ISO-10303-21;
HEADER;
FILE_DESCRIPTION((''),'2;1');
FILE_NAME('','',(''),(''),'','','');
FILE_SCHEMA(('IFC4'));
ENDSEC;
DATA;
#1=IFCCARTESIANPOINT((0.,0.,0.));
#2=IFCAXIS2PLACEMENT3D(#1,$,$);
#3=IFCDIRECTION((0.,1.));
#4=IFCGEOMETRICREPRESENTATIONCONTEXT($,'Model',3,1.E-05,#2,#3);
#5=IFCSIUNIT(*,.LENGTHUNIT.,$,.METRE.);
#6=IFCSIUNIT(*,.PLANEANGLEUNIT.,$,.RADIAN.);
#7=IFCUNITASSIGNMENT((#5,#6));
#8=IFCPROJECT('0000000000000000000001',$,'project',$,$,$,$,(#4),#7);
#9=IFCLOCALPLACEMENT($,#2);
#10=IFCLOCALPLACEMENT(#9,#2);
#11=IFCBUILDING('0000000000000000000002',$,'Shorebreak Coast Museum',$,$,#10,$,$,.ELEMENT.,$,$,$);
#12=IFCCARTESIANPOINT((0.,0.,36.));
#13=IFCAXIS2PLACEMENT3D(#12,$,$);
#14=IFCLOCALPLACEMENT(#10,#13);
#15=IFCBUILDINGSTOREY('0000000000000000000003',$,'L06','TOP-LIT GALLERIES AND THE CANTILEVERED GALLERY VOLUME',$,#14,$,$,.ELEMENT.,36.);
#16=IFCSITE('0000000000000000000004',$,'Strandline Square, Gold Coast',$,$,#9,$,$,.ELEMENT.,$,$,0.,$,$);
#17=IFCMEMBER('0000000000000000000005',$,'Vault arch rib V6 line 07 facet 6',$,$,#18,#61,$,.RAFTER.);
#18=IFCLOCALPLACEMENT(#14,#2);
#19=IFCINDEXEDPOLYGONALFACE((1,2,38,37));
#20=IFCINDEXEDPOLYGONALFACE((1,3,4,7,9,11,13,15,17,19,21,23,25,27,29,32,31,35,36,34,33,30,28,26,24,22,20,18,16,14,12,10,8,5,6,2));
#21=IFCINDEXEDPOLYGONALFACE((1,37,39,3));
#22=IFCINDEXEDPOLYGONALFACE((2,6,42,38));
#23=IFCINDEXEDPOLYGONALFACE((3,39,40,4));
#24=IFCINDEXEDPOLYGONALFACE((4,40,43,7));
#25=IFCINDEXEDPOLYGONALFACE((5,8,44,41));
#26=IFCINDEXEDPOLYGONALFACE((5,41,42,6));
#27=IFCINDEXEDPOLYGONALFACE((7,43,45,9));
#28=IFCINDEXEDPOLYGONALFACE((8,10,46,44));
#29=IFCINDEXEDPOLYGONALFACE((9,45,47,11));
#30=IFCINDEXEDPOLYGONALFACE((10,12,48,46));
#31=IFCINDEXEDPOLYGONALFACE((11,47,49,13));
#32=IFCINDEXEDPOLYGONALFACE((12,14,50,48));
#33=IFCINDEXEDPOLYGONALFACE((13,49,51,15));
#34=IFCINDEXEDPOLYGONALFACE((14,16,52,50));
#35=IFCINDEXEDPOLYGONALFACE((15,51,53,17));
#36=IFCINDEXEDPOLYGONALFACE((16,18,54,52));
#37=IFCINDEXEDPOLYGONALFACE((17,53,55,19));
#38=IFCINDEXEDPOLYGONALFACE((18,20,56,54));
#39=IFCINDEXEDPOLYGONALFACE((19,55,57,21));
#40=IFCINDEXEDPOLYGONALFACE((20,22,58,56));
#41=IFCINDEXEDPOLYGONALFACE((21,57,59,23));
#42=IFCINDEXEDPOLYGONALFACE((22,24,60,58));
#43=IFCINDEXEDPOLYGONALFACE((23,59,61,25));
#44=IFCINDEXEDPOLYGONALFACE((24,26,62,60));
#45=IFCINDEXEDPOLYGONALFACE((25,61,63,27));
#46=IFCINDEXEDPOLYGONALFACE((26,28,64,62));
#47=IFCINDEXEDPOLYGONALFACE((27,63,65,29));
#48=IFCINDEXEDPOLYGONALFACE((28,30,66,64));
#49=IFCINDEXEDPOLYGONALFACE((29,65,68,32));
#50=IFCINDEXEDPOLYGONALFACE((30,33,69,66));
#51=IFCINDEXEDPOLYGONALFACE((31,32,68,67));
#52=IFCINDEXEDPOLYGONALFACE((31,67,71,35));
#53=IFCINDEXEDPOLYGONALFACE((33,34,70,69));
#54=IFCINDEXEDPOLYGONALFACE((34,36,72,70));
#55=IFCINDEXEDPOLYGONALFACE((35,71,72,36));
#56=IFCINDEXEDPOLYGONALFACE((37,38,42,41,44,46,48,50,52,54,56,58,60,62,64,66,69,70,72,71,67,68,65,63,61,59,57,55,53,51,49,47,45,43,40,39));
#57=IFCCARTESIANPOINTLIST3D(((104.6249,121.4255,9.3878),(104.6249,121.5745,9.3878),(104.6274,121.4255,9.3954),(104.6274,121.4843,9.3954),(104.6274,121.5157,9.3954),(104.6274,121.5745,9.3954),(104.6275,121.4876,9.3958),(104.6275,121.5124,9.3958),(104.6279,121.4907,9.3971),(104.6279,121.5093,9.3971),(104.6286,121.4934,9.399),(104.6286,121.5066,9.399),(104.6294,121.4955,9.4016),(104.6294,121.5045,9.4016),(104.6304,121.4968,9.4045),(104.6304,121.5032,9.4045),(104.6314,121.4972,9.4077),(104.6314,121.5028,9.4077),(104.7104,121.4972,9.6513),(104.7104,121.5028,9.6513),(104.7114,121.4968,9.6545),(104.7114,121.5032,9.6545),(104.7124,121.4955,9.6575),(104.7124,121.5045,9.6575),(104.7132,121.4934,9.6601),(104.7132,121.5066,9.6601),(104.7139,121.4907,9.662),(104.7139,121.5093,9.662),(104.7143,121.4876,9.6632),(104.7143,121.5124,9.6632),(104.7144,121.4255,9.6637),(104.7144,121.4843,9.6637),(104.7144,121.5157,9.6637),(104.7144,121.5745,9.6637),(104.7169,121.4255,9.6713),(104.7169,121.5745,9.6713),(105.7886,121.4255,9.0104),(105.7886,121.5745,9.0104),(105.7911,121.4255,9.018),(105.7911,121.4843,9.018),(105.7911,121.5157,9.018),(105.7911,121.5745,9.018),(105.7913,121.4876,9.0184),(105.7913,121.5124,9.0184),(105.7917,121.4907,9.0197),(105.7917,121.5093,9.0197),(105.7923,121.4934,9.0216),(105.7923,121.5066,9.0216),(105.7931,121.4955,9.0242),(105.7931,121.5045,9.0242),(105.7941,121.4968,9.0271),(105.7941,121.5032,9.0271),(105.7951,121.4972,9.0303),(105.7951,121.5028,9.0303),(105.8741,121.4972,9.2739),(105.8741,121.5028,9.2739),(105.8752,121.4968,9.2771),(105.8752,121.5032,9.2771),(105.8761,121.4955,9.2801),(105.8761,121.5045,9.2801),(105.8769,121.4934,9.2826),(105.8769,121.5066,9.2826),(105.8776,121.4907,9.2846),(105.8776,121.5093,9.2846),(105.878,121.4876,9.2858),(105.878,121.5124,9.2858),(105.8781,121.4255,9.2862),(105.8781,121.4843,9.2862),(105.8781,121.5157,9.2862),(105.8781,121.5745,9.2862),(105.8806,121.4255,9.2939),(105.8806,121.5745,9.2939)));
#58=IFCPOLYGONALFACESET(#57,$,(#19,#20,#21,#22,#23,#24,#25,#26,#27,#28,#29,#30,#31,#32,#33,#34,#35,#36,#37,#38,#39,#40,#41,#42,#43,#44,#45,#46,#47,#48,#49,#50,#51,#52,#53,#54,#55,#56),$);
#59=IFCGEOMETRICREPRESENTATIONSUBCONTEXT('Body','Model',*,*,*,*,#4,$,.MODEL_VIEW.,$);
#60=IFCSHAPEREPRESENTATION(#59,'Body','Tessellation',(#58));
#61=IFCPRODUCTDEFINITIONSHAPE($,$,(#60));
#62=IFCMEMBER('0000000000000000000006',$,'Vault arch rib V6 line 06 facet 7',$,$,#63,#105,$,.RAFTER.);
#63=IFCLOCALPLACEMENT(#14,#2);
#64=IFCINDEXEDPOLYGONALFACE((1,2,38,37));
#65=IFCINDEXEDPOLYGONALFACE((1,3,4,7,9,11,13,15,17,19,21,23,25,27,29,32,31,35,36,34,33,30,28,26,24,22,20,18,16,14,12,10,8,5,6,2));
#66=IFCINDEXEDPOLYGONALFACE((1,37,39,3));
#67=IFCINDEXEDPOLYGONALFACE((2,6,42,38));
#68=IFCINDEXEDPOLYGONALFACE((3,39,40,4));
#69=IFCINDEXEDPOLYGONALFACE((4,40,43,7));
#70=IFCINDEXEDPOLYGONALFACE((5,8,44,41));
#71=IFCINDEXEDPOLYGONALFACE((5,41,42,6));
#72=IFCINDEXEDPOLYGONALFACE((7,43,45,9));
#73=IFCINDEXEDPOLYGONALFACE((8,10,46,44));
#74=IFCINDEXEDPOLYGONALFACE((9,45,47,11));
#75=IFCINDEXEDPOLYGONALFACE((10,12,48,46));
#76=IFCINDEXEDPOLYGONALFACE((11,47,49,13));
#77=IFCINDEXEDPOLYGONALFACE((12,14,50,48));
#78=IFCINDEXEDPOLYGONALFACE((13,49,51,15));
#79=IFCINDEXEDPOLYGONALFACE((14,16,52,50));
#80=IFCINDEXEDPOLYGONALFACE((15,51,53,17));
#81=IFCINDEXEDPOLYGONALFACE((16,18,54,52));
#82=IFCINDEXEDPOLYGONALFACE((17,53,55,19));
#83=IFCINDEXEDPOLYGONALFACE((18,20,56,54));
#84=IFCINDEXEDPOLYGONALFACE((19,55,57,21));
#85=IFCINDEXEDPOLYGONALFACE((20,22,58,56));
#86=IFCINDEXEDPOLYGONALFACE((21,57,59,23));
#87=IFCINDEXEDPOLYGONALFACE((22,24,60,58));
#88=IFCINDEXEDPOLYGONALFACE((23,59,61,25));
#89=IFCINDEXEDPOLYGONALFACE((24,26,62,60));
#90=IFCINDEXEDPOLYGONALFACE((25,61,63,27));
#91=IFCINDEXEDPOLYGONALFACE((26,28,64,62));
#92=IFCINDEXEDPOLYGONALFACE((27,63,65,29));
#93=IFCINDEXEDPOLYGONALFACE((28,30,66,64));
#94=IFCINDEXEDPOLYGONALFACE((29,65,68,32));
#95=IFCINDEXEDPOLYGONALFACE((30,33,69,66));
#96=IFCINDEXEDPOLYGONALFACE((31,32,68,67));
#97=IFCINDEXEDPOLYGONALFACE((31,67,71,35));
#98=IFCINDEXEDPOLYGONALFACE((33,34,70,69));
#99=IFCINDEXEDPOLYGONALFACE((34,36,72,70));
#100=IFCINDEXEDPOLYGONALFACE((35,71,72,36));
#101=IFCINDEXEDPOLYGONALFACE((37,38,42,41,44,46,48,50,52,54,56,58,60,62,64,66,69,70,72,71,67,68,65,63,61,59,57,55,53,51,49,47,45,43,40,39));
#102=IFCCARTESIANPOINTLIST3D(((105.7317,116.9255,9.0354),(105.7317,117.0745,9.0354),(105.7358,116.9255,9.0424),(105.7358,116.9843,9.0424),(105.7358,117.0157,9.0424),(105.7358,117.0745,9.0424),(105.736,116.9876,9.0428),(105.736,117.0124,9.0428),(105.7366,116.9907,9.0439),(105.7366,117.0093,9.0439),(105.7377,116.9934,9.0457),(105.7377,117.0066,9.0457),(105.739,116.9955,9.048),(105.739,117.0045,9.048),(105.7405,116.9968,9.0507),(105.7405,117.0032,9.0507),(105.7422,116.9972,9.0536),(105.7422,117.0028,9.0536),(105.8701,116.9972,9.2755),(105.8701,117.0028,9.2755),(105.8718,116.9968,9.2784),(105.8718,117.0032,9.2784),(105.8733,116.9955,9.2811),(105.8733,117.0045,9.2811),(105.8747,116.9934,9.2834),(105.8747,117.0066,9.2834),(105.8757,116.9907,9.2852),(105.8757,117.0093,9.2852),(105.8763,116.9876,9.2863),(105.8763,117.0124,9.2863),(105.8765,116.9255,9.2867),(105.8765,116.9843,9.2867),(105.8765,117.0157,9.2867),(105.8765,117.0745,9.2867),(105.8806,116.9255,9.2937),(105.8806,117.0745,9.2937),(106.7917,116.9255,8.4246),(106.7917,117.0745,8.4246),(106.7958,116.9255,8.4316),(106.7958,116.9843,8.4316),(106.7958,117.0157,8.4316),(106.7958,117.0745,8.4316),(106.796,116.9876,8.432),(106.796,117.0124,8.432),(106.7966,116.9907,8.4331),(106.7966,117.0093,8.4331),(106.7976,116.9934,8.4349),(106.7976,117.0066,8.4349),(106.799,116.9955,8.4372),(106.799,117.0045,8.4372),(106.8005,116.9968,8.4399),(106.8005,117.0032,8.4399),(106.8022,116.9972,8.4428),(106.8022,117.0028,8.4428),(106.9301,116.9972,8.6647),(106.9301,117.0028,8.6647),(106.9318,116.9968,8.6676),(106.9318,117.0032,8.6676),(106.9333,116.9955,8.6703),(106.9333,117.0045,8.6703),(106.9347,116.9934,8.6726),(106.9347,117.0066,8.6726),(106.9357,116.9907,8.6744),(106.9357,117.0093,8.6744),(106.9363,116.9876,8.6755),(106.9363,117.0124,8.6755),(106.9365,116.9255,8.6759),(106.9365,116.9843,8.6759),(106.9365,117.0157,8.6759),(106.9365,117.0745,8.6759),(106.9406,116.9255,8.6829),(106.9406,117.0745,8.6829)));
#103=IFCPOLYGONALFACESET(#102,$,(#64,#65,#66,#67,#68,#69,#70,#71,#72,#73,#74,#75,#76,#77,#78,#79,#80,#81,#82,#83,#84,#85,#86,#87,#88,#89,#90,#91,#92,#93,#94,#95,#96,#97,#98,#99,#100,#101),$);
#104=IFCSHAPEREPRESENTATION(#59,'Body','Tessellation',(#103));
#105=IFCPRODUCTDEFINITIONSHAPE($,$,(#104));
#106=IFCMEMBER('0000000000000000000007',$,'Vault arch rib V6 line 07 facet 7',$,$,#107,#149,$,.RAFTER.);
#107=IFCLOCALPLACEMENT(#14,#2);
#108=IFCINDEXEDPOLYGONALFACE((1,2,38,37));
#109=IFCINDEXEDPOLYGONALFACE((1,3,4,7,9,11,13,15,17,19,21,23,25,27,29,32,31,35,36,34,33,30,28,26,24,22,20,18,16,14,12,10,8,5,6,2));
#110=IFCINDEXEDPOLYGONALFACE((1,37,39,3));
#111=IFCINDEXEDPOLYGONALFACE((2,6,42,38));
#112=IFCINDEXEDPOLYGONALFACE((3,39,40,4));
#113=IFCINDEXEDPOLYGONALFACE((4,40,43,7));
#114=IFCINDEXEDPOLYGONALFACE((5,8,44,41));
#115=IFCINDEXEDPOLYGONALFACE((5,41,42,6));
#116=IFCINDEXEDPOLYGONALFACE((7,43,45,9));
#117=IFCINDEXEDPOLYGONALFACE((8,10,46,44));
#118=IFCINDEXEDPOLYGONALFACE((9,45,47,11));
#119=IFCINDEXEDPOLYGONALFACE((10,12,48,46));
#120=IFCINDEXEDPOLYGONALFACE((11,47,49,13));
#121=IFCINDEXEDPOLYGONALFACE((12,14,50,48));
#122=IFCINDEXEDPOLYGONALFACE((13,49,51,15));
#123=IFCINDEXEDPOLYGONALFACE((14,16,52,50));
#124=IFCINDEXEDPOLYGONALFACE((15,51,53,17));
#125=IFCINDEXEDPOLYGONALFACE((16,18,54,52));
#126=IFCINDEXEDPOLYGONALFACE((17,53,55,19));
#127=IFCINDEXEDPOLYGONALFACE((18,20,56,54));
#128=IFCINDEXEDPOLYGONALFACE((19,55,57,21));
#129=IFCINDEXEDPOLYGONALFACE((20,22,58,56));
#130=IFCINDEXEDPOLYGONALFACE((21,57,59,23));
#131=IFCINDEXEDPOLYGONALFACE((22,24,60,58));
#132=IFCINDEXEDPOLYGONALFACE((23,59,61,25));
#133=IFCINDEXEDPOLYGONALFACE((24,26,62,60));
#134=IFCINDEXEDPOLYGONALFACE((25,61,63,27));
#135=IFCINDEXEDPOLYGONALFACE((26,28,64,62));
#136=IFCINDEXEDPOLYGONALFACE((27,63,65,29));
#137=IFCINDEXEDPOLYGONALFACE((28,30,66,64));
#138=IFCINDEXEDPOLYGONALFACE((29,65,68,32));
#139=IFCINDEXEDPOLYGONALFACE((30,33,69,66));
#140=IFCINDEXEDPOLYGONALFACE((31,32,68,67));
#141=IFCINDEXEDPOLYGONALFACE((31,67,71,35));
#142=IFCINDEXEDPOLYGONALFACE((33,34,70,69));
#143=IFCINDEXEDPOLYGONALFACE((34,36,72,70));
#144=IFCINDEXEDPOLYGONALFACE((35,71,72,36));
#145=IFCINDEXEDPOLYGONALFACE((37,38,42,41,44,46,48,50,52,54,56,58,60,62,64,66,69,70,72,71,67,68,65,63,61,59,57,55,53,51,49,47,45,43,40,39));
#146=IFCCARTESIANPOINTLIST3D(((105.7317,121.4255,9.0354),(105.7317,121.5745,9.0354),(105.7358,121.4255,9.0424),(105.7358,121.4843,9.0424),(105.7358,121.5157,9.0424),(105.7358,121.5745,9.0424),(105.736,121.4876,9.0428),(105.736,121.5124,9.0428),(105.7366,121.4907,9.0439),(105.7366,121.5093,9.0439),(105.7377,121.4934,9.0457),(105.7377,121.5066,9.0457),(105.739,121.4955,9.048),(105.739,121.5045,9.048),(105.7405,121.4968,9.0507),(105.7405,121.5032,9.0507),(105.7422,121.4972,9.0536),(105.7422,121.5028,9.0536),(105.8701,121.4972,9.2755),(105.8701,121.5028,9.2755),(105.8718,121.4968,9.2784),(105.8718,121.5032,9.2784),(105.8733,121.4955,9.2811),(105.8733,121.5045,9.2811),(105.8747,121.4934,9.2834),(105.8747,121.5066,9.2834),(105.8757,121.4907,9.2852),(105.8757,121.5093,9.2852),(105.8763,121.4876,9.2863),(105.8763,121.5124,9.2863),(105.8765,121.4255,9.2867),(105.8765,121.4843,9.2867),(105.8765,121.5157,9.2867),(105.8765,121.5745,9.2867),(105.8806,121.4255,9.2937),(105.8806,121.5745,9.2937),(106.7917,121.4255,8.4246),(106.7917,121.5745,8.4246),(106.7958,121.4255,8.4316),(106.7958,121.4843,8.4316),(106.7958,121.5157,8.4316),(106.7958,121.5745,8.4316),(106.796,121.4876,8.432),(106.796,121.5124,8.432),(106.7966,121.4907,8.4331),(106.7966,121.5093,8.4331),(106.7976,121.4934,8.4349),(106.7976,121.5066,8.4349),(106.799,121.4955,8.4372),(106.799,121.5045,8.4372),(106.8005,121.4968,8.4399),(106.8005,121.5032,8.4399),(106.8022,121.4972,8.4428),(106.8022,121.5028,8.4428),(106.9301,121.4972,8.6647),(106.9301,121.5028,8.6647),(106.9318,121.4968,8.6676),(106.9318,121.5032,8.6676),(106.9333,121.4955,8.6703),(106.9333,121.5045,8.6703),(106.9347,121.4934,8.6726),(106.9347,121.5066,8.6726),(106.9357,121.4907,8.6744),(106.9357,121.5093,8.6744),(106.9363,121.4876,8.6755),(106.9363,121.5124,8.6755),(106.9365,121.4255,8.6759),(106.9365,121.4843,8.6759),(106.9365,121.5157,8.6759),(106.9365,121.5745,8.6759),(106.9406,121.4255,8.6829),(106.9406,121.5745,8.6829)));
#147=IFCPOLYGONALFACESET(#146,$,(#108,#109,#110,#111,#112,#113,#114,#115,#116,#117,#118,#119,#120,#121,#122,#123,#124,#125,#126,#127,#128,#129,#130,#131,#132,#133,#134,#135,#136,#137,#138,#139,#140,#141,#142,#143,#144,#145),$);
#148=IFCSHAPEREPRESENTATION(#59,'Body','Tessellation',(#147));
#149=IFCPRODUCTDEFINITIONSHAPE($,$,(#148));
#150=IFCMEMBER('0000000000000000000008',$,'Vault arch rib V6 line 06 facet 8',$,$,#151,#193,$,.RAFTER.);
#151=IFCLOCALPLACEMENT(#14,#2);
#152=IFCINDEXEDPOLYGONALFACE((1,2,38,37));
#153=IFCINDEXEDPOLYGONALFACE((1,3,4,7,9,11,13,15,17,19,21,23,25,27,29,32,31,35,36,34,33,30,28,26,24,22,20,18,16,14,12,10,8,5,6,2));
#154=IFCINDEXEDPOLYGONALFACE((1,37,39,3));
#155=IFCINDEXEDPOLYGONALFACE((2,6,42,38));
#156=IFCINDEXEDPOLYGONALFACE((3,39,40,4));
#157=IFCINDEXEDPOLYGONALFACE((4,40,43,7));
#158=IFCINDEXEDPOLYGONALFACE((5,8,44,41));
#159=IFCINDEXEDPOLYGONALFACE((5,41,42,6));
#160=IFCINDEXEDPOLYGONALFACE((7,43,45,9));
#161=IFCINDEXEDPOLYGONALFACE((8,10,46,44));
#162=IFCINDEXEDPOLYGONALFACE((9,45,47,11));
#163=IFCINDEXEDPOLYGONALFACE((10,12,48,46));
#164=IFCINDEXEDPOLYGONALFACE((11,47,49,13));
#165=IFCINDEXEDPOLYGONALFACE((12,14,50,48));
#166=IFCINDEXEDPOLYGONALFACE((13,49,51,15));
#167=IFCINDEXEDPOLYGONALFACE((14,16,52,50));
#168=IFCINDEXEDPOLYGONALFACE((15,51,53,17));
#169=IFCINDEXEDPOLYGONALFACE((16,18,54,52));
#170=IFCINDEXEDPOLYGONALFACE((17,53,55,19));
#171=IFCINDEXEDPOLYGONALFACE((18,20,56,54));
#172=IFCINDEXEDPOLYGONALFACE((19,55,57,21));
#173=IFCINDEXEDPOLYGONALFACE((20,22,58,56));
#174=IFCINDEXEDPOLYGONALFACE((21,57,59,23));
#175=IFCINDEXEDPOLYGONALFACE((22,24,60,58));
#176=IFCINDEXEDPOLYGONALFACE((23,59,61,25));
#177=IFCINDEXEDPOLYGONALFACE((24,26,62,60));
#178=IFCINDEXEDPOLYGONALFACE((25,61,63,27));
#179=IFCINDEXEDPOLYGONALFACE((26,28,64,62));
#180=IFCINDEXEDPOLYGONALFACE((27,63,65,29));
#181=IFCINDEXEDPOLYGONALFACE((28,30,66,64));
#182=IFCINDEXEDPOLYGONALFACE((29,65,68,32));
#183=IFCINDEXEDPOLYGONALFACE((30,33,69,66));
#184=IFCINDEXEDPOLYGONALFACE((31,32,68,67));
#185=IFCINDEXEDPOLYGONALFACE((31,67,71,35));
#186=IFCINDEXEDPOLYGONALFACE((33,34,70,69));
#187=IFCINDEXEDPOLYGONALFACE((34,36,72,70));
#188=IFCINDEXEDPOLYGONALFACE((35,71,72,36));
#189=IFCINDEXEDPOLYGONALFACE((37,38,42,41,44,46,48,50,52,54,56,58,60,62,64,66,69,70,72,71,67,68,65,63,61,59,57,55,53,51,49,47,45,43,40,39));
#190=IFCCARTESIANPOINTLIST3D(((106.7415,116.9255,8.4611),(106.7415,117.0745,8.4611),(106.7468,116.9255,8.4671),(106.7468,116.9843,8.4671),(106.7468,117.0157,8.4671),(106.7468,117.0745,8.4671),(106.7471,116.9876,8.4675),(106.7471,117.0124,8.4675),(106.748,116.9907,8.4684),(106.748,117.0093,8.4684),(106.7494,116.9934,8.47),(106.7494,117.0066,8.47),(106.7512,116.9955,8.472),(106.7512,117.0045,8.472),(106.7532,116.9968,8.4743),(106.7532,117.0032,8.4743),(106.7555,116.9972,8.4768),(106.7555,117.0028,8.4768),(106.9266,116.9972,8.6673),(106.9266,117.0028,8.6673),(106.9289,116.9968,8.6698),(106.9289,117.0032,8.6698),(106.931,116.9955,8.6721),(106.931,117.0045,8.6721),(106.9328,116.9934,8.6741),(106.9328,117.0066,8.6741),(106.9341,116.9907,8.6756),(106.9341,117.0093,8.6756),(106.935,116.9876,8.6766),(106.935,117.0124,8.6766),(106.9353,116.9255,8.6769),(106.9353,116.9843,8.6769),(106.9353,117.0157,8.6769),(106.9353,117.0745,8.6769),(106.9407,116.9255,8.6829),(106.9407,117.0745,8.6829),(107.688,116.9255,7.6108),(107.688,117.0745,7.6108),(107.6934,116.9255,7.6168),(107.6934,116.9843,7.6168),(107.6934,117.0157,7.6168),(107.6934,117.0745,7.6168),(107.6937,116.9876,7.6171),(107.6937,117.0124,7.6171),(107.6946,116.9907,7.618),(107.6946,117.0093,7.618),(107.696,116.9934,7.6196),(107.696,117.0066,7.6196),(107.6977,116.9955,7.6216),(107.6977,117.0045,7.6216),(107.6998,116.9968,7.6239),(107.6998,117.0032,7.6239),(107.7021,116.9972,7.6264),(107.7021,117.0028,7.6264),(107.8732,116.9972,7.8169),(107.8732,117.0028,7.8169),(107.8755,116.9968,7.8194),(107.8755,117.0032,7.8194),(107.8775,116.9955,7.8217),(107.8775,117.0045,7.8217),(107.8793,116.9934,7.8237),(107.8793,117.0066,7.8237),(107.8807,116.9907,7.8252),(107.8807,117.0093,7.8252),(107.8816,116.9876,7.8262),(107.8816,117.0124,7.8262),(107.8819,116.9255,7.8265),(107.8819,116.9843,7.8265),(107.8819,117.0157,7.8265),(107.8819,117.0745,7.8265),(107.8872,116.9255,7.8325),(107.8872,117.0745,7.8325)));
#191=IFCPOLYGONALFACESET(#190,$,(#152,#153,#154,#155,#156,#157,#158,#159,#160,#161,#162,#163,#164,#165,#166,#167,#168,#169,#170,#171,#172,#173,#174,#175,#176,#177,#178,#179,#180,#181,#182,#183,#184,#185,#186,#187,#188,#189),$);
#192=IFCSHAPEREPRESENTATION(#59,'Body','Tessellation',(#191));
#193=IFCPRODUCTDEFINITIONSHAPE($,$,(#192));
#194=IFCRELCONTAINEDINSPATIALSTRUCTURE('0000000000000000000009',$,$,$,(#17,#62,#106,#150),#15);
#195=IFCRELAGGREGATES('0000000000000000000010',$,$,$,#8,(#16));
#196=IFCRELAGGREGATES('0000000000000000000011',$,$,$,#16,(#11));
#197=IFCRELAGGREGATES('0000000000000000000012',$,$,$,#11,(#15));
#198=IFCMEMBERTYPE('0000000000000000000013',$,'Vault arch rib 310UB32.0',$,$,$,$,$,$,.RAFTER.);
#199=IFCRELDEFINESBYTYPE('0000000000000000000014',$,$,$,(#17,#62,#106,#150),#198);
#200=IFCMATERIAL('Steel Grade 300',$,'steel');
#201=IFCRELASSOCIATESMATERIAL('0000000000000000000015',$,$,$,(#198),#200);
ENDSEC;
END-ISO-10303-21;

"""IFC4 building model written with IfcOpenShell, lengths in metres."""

from ifc_helpers import new_model, si_unit, direction, frame, origin, origin_2d, place, context, subcontext, project, spatial, i_section, extrude, material, material_profile, profile_set, type_object, element, save


model = new_model("IFC4")

# Units and contexts
model_context = context("Model", 3, precision=1e-05, world=origin(), true_north=direction((0.0, 1.0)))
body_context = subcontext(model_context, "Body", "Model", "MODEL_VIEW")
ifc_project = project(units=[si_unit("LENGTHUNIT", "METRE"), si_unit("PLANEANGLEUNIT", "RADIAN")], contexts=[model_context])

# Site, building, storey
site_placement = place(None, origin())
site = spatial("IfcSite", under=ifc_project, at=site_placement, Name="Strandline Square, Gold Coast", CompositionType="ELEMENT", RefElevation=0.0)
building_placement = place(site_placement, origin())
building = spatial("IfcBuilding", under=site, at=building_placement, Name="Shorebreak Coast Museum", CompositionType="ELEMENT")
storey_placement = place(building_placement, frame((0.0, 0.0, 36.0)))
storey = spatial("IfcBuildingStorey", under=building, at=storey_placement, Name="L06", Description="TOP-LIT GALLERIES AND THE CANTILEVERED GALLERY VOLUME", CompositionType="ELEMENT", Elevation=36.0)

# Members
ifc_material_1 = material(Name="Steel Grade 300", Category="steel")
ifc_material_profile_1 = material_profile(ifc_material_1, i_section(OverallWidth=0.1489, OverallDepth=0.2981, WebThickness=0.0056, FlangeThickness=0.0081, FilletRadius=0.0129, at=origin_2d()), Name="310UB32.0")
ifc_profile_set_1 = profile_set([ifc_material_profile_1], Name="Steel Grade 300")
member_type_1 = type_object("IfcMemberType", Name="Vault arch rib 310UB32.0", PredefinedType="RAFTER", material=ifc_profile_set_1)
for number, where, z_axis, x_axis, name in (
    (1, (104.6709, 121.5, 9.5295), (0.951226, 0.0, -0.308495), (0.0, 1.0, 0.0), "Vault arch rib V6 line 07 facet 6"),
    (2, (105.8062, 117.0, 9.1646), (0.866445, 0.0, -0.499273), (0.0, 1.0, 0.0), "Vault arch rib V6 line 06 facet 7"),
    (3, (105.8062, 121.5, 9.1646), (0.866445, 0.0, -0.499273), (0.0, 1.0, 0.0), "Vault arch rib V6 line 07 facet 7"),
):
    element("IfcMember", number, at=place(storey_placement, frame(where, z_axis=z_axis, x_axis=x_axis)), inside=storey, type_object=member_type_1, Name=name, PredefinedType="RAFTER", context=body_context, shape_type="SweptSolid", body=[
        extrude(i_section(OverallWidth=0.1489, OverallDepth=0.2981, WebThickness=0.0056, FlangeThickness=0.0081, FilletRadius=0.0129, at=origin_2d()), origin(), (0.0, 0.0, 1.0), 1.2234),
    ])
for number, where, z_axis, x_axis, name in (
    (4, (106.8411, 117.0, 8.572), (0.743895, 0.0, -0.668297), (0.0, 1.0, 0.0), "Vault arch rib V6 line 06 facet 8"),
):
    element("IfcMember", number, at=place(storey_placement, frame(where, z_axis=z_axis, x_axis=x_axis)), inside=storey, type_object=member_type_1, Name=name, PredefinedType="RAFTER", context=body_context, shape_type="SweptSolid", body=[
        extrude(i_section(OverallWidth=0.1489, OverallDepth=0.2981, WebThickness=0.0056, FlangeThickness=0.0081, FilletRadius=0.0129, at=origin_2d()), origin(), (0.0, 0.0, 1.0), 1.2725),
    ])

save(model, "model.ifc")
